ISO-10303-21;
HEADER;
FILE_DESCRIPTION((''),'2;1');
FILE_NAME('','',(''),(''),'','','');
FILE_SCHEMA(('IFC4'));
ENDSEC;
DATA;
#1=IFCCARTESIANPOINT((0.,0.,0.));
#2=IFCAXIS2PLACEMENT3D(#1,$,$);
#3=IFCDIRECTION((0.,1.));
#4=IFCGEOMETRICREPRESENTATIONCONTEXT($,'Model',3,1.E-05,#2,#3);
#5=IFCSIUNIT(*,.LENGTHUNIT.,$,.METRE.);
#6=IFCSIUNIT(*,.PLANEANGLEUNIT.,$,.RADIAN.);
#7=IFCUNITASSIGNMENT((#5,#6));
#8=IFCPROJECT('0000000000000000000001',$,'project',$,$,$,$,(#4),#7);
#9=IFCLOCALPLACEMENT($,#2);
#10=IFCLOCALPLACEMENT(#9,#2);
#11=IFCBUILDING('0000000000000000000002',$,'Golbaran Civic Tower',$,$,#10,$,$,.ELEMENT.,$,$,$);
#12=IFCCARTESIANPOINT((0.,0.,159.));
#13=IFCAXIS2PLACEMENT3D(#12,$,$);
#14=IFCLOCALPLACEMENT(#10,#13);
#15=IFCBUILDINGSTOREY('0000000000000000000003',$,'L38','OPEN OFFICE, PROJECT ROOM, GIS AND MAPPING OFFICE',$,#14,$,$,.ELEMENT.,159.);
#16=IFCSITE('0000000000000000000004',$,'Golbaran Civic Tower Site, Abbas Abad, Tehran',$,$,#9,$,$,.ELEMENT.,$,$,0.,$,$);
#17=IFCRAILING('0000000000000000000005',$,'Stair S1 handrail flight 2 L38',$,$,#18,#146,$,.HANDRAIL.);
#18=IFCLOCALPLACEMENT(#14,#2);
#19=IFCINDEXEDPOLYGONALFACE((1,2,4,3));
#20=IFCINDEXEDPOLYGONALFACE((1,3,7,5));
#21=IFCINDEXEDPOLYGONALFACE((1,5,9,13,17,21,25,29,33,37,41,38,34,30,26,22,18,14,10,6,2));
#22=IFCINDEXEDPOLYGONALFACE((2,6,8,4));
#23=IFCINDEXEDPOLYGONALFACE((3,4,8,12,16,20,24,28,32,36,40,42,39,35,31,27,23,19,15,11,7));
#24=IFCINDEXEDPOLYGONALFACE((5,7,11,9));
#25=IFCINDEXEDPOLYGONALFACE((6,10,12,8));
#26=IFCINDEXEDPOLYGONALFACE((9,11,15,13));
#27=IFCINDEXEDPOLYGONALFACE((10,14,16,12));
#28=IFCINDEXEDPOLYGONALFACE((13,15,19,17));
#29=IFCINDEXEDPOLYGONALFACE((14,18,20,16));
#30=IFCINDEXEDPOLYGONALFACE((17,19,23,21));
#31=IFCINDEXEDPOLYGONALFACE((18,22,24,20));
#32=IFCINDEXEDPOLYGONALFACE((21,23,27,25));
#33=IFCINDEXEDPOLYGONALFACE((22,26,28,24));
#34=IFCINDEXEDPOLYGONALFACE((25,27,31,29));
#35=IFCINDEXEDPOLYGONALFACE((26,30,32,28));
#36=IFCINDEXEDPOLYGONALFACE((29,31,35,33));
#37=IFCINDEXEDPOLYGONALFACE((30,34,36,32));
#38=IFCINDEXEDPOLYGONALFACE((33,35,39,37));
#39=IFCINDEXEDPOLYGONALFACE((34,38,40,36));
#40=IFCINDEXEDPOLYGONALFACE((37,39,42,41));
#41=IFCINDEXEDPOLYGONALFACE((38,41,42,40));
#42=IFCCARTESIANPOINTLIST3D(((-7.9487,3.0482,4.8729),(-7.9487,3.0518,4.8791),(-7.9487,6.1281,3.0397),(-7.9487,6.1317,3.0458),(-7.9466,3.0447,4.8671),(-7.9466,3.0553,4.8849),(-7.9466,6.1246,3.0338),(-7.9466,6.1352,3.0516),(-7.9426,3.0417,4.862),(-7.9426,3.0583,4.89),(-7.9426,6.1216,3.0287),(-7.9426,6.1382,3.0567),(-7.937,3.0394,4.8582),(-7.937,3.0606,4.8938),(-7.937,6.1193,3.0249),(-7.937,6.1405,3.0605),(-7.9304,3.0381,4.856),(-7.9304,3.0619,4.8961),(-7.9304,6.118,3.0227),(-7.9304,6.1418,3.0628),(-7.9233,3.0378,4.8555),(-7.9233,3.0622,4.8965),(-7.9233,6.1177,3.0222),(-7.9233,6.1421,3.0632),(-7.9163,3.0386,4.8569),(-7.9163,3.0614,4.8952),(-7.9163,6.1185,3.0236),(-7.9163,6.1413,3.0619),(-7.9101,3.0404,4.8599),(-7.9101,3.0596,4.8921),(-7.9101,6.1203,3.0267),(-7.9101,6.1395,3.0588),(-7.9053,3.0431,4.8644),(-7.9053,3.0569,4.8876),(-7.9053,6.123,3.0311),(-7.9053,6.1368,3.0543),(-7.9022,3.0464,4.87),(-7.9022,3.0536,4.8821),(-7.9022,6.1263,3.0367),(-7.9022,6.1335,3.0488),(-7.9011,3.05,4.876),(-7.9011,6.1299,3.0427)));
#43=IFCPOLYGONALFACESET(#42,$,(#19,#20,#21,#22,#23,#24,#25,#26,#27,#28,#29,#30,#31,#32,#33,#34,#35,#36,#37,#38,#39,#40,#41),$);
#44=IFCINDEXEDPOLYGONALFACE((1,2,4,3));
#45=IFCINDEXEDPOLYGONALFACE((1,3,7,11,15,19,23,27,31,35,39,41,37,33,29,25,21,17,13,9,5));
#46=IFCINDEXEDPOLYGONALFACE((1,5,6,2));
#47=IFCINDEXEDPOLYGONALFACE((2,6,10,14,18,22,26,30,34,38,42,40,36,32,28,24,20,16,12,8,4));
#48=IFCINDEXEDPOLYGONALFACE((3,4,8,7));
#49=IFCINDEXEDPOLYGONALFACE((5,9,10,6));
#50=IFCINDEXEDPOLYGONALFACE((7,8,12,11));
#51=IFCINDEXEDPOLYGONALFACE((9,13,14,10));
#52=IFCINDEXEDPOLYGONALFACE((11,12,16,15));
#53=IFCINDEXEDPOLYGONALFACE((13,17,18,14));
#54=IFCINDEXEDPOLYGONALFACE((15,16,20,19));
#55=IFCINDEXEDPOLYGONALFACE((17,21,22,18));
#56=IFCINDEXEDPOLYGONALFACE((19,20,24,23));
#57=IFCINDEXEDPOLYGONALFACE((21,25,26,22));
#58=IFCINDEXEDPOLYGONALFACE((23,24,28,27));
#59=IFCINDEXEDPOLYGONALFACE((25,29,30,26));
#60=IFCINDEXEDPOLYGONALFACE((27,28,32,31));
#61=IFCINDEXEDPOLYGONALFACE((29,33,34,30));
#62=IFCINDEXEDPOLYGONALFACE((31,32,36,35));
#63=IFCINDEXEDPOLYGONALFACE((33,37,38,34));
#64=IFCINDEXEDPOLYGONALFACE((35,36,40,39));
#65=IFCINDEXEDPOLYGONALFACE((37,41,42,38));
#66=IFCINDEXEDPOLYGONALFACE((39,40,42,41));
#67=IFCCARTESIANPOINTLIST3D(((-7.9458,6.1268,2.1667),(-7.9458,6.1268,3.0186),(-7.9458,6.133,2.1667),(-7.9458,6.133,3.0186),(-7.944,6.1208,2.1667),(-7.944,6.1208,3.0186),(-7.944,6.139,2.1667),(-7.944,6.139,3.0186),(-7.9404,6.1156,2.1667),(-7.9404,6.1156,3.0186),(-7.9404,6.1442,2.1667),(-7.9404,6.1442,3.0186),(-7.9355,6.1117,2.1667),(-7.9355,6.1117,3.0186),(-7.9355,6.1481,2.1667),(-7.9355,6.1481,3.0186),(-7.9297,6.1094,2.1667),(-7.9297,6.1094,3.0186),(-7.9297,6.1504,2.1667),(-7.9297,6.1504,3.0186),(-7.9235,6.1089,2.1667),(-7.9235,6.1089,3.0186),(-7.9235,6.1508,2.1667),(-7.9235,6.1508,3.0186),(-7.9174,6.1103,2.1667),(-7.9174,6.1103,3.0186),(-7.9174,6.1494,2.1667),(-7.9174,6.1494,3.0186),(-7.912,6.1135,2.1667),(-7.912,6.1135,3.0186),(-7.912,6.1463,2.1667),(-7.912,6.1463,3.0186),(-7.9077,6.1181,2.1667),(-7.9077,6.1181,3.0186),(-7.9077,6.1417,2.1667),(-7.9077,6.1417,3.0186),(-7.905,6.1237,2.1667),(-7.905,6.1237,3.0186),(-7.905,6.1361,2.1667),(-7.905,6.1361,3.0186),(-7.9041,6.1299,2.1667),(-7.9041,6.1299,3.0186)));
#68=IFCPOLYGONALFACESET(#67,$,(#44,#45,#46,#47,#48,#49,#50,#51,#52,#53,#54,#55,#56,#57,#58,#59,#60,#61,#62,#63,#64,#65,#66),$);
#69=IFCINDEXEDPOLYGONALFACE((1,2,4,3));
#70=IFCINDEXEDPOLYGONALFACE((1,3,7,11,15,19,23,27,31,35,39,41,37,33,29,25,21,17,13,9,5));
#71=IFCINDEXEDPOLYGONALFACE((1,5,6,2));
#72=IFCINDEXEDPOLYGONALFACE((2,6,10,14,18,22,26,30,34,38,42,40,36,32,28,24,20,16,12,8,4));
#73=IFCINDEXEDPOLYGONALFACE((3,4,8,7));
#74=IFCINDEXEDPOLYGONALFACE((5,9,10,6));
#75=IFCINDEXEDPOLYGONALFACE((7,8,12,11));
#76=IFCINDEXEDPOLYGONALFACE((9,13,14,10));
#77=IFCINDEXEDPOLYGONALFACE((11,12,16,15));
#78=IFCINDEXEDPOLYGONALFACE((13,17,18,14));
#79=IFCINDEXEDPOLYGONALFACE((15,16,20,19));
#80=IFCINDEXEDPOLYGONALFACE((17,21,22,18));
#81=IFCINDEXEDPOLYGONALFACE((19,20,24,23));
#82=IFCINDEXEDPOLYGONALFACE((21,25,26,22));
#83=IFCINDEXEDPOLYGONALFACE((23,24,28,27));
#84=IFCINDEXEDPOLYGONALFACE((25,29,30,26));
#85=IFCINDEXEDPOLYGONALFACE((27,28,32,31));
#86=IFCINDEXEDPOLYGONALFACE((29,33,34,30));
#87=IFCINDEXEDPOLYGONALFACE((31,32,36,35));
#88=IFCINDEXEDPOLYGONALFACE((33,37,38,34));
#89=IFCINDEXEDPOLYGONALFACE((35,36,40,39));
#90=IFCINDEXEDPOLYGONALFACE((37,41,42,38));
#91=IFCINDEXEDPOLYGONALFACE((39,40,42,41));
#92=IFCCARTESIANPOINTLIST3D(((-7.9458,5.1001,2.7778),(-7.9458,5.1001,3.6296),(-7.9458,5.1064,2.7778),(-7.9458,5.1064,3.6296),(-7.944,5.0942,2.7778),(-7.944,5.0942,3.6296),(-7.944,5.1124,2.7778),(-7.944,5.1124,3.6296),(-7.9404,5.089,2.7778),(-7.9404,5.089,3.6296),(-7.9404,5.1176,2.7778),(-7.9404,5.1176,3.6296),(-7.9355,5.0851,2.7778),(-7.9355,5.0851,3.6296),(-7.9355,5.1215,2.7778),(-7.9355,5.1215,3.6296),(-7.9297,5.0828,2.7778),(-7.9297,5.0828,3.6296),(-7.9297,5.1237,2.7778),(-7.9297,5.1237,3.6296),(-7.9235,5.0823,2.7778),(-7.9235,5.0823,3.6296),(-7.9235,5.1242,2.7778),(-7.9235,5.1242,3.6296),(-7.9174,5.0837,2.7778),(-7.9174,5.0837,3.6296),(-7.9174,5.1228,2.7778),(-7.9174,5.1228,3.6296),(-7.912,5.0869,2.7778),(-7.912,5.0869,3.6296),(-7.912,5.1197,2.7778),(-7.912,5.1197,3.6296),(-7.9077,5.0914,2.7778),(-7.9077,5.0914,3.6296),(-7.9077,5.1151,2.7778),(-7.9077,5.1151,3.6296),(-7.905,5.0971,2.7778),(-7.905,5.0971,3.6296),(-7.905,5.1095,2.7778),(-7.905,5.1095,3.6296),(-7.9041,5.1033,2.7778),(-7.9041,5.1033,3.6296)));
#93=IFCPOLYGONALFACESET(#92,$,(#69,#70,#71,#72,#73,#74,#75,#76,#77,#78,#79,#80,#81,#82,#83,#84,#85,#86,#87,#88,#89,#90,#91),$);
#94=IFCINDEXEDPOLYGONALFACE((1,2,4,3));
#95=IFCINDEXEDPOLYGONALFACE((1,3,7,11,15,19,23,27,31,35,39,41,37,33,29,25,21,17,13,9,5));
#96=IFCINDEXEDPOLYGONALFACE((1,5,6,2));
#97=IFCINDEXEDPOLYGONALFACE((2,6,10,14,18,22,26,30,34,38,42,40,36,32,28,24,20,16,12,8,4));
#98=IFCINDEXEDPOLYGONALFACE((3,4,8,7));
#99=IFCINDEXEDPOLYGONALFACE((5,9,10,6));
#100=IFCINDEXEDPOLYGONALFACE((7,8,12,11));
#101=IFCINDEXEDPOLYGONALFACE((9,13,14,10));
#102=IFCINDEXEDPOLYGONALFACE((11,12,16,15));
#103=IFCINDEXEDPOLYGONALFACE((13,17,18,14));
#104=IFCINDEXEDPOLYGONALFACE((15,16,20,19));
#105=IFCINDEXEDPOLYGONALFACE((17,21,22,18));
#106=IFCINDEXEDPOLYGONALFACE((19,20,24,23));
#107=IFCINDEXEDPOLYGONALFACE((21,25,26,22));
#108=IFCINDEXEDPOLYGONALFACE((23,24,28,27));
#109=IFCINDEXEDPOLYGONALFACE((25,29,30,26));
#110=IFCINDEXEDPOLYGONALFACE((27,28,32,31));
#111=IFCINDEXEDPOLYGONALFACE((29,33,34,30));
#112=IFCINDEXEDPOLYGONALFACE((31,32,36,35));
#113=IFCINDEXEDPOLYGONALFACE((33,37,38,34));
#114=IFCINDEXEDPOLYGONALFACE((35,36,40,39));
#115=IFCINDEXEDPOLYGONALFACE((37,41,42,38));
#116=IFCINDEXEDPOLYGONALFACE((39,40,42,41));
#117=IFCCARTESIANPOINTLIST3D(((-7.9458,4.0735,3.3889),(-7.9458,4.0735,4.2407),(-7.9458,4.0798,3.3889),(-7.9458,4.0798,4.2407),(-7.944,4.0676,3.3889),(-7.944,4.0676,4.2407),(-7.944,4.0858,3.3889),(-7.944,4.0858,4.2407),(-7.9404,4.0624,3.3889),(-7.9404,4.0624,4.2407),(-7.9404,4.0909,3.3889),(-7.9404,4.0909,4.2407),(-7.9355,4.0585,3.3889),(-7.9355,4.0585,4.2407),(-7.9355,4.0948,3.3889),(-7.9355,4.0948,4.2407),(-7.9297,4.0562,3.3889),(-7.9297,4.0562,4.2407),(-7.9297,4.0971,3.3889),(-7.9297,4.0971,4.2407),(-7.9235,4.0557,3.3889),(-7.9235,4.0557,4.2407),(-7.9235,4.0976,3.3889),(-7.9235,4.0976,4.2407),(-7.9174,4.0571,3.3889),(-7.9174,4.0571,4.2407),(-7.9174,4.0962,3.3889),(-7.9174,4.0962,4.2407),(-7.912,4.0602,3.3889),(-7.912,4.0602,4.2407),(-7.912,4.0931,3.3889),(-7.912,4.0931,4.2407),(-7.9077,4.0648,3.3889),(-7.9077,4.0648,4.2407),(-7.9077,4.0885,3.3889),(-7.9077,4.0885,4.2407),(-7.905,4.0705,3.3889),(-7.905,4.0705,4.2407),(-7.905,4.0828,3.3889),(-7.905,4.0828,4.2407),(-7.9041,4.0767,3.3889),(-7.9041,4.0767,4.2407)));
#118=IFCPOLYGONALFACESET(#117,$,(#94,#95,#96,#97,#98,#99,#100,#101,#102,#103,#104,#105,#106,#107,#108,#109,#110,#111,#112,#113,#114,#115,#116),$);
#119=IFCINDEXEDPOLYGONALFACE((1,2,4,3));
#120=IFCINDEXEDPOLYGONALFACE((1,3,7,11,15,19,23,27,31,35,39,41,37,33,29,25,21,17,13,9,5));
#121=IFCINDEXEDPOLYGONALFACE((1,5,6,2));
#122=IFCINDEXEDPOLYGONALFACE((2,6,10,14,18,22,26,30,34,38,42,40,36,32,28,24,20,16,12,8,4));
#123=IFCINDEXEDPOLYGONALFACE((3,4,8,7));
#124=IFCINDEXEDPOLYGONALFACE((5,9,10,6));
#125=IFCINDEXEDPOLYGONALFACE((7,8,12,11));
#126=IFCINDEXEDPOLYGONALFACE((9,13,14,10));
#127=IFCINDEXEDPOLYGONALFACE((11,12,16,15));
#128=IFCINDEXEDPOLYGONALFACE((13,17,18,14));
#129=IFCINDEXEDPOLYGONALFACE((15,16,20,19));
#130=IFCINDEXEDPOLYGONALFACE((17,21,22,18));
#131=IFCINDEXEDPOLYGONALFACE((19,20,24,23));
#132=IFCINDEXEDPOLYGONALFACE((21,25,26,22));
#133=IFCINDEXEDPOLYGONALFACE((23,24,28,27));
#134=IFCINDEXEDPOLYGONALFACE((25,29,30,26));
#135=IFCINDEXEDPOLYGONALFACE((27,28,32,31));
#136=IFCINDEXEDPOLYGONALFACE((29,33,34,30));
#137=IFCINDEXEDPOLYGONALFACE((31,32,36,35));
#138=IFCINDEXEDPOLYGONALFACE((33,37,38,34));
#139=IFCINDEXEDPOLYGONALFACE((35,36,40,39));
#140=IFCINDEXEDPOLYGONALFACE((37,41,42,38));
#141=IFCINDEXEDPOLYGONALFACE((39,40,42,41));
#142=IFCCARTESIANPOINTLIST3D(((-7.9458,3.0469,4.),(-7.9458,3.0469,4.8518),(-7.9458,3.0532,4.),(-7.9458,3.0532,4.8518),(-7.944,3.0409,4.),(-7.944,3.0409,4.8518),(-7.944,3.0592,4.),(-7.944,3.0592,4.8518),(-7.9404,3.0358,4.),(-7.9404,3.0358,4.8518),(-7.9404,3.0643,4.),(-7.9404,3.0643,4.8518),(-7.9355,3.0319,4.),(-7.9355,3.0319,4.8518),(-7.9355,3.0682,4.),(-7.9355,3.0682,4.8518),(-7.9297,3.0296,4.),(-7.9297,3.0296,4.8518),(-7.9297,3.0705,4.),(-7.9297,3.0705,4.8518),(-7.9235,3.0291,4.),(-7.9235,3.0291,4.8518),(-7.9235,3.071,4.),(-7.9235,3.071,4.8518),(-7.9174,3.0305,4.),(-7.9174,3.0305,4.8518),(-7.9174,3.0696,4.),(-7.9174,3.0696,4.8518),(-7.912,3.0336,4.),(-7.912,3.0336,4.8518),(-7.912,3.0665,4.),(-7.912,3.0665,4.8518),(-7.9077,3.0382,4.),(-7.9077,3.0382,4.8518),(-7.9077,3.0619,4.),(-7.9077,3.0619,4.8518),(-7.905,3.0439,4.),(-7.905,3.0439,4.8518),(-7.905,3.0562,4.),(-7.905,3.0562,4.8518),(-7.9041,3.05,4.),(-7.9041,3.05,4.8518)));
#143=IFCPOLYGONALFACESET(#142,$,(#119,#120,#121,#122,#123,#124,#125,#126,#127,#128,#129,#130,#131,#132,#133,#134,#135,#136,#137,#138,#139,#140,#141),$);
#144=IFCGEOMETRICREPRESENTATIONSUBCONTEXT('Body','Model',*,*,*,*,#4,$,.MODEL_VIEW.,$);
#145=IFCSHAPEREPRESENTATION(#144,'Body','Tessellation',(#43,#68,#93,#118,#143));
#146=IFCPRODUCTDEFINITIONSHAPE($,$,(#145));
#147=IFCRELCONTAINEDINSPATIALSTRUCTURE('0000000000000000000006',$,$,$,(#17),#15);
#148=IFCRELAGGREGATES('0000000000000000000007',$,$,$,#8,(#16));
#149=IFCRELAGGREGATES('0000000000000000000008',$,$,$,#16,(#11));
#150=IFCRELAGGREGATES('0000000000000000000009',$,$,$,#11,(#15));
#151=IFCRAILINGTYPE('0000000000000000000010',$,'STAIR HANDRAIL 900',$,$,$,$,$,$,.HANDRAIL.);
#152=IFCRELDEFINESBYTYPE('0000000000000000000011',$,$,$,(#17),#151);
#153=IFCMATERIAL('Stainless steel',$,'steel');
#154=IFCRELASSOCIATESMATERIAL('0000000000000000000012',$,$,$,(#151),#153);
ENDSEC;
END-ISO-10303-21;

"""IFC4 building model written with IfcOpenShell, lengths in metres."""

from ifc_helpers import new_model, si_unit, direction, frame, origin, origin_2d, place, context, subcontext, project, spatial, circle, extrude, material, type_object, element, save


model = new_model("IFC4")

# Units and contexts
model_context = context("Model", 3, precision=1e-05, world=origin(), true_north=direction((0.0, 1.0)))
body_context = subcontext(model_context, "Body", "Model", "MODEL_VIEW")
ifc_project = project(units=[si_unit("LENGTHUNIT", "METRE"), si_unit("PLANEANGLEUNIT", "RADIAN")], contexts=[model_context])

# Site, building, storey
site_placement = place(None, origin())
site = spatial("IfcSite", under=ifc_project, at=site_placement, Name="Golbaran Civic Tower Site, Abbas Abad, Tehran", CompositionType="ELEMENT", RefElevation=0.0)
building_placement = place(site_placement, origin())
building = spatial("IfcBuilding", under=site, at=building_placement, Name="Golbaran Civic Tower", CompositionType="ELEMENT")
storey_placement = place(building_placement, frame((0.0, 0.0, 159.0)))
storey = spatial("IfcBuildingStorey", under=building, at=storey_placement, Name="L38", Description="OPEN OFFICE, PROJECT ROOM, GIS AND MAPPING OFFICE", CompositionType="ELEMENT", Elevation=159.0)

# Shared definitions
ifc_material_1 = material(Name="Stainless steel", Category="steel")

# Railing
railing_type = type_object("IfcRailingType", Name="STAIR HANDRAIL 900", PredefinedType="HANDRAIL", material=ifc_material_1)
railing_1_placement = place(storey_placement, frame((-7.925, 6.1299, 2.1667)))
element("IfcRailing", 1, at=railing_1_placement, inside=storey, type_object=railing_type, Name="Stair S1 handrail flight 2 L38", PredefinedType="HANDRAIL", context=body_context, shape_type="SweptSolid", body=[
    extrude(circle(Radius=0.0239, at=origin_2d()), frame((0.0, 0.0, 0.876), z_axis=(0.0, -0.859291, 0.511487), x_axis=(1.0, 0.0, 0.0)), (0.0, 0.0, 1.0), 3.5842),
    extrude(circle(Radius=0.021, at=origin_2d()), origin(), (0.0, 0.0, 1.0), 0.8518),
    extrude(circle(Radius=0.021, at=origin_2d()), frame((0.0, -1.0266, 0.6111)), (0.0, 0.0, 1.0), 0.8518),
    extrude(circle(Radius=0.021, at=origin_2d()), frame((0.0, -2.0532, 1.2222)), (0.0, 0.0, 1.0), 0.8518),
    extrude(circle(Radius=0.021, at=origin_2d()), frame((0.0, -3.0798, 1.8333)), (0.0, 0.0, 1.0), 0.8518),
])

save(model, "model.ifc")
